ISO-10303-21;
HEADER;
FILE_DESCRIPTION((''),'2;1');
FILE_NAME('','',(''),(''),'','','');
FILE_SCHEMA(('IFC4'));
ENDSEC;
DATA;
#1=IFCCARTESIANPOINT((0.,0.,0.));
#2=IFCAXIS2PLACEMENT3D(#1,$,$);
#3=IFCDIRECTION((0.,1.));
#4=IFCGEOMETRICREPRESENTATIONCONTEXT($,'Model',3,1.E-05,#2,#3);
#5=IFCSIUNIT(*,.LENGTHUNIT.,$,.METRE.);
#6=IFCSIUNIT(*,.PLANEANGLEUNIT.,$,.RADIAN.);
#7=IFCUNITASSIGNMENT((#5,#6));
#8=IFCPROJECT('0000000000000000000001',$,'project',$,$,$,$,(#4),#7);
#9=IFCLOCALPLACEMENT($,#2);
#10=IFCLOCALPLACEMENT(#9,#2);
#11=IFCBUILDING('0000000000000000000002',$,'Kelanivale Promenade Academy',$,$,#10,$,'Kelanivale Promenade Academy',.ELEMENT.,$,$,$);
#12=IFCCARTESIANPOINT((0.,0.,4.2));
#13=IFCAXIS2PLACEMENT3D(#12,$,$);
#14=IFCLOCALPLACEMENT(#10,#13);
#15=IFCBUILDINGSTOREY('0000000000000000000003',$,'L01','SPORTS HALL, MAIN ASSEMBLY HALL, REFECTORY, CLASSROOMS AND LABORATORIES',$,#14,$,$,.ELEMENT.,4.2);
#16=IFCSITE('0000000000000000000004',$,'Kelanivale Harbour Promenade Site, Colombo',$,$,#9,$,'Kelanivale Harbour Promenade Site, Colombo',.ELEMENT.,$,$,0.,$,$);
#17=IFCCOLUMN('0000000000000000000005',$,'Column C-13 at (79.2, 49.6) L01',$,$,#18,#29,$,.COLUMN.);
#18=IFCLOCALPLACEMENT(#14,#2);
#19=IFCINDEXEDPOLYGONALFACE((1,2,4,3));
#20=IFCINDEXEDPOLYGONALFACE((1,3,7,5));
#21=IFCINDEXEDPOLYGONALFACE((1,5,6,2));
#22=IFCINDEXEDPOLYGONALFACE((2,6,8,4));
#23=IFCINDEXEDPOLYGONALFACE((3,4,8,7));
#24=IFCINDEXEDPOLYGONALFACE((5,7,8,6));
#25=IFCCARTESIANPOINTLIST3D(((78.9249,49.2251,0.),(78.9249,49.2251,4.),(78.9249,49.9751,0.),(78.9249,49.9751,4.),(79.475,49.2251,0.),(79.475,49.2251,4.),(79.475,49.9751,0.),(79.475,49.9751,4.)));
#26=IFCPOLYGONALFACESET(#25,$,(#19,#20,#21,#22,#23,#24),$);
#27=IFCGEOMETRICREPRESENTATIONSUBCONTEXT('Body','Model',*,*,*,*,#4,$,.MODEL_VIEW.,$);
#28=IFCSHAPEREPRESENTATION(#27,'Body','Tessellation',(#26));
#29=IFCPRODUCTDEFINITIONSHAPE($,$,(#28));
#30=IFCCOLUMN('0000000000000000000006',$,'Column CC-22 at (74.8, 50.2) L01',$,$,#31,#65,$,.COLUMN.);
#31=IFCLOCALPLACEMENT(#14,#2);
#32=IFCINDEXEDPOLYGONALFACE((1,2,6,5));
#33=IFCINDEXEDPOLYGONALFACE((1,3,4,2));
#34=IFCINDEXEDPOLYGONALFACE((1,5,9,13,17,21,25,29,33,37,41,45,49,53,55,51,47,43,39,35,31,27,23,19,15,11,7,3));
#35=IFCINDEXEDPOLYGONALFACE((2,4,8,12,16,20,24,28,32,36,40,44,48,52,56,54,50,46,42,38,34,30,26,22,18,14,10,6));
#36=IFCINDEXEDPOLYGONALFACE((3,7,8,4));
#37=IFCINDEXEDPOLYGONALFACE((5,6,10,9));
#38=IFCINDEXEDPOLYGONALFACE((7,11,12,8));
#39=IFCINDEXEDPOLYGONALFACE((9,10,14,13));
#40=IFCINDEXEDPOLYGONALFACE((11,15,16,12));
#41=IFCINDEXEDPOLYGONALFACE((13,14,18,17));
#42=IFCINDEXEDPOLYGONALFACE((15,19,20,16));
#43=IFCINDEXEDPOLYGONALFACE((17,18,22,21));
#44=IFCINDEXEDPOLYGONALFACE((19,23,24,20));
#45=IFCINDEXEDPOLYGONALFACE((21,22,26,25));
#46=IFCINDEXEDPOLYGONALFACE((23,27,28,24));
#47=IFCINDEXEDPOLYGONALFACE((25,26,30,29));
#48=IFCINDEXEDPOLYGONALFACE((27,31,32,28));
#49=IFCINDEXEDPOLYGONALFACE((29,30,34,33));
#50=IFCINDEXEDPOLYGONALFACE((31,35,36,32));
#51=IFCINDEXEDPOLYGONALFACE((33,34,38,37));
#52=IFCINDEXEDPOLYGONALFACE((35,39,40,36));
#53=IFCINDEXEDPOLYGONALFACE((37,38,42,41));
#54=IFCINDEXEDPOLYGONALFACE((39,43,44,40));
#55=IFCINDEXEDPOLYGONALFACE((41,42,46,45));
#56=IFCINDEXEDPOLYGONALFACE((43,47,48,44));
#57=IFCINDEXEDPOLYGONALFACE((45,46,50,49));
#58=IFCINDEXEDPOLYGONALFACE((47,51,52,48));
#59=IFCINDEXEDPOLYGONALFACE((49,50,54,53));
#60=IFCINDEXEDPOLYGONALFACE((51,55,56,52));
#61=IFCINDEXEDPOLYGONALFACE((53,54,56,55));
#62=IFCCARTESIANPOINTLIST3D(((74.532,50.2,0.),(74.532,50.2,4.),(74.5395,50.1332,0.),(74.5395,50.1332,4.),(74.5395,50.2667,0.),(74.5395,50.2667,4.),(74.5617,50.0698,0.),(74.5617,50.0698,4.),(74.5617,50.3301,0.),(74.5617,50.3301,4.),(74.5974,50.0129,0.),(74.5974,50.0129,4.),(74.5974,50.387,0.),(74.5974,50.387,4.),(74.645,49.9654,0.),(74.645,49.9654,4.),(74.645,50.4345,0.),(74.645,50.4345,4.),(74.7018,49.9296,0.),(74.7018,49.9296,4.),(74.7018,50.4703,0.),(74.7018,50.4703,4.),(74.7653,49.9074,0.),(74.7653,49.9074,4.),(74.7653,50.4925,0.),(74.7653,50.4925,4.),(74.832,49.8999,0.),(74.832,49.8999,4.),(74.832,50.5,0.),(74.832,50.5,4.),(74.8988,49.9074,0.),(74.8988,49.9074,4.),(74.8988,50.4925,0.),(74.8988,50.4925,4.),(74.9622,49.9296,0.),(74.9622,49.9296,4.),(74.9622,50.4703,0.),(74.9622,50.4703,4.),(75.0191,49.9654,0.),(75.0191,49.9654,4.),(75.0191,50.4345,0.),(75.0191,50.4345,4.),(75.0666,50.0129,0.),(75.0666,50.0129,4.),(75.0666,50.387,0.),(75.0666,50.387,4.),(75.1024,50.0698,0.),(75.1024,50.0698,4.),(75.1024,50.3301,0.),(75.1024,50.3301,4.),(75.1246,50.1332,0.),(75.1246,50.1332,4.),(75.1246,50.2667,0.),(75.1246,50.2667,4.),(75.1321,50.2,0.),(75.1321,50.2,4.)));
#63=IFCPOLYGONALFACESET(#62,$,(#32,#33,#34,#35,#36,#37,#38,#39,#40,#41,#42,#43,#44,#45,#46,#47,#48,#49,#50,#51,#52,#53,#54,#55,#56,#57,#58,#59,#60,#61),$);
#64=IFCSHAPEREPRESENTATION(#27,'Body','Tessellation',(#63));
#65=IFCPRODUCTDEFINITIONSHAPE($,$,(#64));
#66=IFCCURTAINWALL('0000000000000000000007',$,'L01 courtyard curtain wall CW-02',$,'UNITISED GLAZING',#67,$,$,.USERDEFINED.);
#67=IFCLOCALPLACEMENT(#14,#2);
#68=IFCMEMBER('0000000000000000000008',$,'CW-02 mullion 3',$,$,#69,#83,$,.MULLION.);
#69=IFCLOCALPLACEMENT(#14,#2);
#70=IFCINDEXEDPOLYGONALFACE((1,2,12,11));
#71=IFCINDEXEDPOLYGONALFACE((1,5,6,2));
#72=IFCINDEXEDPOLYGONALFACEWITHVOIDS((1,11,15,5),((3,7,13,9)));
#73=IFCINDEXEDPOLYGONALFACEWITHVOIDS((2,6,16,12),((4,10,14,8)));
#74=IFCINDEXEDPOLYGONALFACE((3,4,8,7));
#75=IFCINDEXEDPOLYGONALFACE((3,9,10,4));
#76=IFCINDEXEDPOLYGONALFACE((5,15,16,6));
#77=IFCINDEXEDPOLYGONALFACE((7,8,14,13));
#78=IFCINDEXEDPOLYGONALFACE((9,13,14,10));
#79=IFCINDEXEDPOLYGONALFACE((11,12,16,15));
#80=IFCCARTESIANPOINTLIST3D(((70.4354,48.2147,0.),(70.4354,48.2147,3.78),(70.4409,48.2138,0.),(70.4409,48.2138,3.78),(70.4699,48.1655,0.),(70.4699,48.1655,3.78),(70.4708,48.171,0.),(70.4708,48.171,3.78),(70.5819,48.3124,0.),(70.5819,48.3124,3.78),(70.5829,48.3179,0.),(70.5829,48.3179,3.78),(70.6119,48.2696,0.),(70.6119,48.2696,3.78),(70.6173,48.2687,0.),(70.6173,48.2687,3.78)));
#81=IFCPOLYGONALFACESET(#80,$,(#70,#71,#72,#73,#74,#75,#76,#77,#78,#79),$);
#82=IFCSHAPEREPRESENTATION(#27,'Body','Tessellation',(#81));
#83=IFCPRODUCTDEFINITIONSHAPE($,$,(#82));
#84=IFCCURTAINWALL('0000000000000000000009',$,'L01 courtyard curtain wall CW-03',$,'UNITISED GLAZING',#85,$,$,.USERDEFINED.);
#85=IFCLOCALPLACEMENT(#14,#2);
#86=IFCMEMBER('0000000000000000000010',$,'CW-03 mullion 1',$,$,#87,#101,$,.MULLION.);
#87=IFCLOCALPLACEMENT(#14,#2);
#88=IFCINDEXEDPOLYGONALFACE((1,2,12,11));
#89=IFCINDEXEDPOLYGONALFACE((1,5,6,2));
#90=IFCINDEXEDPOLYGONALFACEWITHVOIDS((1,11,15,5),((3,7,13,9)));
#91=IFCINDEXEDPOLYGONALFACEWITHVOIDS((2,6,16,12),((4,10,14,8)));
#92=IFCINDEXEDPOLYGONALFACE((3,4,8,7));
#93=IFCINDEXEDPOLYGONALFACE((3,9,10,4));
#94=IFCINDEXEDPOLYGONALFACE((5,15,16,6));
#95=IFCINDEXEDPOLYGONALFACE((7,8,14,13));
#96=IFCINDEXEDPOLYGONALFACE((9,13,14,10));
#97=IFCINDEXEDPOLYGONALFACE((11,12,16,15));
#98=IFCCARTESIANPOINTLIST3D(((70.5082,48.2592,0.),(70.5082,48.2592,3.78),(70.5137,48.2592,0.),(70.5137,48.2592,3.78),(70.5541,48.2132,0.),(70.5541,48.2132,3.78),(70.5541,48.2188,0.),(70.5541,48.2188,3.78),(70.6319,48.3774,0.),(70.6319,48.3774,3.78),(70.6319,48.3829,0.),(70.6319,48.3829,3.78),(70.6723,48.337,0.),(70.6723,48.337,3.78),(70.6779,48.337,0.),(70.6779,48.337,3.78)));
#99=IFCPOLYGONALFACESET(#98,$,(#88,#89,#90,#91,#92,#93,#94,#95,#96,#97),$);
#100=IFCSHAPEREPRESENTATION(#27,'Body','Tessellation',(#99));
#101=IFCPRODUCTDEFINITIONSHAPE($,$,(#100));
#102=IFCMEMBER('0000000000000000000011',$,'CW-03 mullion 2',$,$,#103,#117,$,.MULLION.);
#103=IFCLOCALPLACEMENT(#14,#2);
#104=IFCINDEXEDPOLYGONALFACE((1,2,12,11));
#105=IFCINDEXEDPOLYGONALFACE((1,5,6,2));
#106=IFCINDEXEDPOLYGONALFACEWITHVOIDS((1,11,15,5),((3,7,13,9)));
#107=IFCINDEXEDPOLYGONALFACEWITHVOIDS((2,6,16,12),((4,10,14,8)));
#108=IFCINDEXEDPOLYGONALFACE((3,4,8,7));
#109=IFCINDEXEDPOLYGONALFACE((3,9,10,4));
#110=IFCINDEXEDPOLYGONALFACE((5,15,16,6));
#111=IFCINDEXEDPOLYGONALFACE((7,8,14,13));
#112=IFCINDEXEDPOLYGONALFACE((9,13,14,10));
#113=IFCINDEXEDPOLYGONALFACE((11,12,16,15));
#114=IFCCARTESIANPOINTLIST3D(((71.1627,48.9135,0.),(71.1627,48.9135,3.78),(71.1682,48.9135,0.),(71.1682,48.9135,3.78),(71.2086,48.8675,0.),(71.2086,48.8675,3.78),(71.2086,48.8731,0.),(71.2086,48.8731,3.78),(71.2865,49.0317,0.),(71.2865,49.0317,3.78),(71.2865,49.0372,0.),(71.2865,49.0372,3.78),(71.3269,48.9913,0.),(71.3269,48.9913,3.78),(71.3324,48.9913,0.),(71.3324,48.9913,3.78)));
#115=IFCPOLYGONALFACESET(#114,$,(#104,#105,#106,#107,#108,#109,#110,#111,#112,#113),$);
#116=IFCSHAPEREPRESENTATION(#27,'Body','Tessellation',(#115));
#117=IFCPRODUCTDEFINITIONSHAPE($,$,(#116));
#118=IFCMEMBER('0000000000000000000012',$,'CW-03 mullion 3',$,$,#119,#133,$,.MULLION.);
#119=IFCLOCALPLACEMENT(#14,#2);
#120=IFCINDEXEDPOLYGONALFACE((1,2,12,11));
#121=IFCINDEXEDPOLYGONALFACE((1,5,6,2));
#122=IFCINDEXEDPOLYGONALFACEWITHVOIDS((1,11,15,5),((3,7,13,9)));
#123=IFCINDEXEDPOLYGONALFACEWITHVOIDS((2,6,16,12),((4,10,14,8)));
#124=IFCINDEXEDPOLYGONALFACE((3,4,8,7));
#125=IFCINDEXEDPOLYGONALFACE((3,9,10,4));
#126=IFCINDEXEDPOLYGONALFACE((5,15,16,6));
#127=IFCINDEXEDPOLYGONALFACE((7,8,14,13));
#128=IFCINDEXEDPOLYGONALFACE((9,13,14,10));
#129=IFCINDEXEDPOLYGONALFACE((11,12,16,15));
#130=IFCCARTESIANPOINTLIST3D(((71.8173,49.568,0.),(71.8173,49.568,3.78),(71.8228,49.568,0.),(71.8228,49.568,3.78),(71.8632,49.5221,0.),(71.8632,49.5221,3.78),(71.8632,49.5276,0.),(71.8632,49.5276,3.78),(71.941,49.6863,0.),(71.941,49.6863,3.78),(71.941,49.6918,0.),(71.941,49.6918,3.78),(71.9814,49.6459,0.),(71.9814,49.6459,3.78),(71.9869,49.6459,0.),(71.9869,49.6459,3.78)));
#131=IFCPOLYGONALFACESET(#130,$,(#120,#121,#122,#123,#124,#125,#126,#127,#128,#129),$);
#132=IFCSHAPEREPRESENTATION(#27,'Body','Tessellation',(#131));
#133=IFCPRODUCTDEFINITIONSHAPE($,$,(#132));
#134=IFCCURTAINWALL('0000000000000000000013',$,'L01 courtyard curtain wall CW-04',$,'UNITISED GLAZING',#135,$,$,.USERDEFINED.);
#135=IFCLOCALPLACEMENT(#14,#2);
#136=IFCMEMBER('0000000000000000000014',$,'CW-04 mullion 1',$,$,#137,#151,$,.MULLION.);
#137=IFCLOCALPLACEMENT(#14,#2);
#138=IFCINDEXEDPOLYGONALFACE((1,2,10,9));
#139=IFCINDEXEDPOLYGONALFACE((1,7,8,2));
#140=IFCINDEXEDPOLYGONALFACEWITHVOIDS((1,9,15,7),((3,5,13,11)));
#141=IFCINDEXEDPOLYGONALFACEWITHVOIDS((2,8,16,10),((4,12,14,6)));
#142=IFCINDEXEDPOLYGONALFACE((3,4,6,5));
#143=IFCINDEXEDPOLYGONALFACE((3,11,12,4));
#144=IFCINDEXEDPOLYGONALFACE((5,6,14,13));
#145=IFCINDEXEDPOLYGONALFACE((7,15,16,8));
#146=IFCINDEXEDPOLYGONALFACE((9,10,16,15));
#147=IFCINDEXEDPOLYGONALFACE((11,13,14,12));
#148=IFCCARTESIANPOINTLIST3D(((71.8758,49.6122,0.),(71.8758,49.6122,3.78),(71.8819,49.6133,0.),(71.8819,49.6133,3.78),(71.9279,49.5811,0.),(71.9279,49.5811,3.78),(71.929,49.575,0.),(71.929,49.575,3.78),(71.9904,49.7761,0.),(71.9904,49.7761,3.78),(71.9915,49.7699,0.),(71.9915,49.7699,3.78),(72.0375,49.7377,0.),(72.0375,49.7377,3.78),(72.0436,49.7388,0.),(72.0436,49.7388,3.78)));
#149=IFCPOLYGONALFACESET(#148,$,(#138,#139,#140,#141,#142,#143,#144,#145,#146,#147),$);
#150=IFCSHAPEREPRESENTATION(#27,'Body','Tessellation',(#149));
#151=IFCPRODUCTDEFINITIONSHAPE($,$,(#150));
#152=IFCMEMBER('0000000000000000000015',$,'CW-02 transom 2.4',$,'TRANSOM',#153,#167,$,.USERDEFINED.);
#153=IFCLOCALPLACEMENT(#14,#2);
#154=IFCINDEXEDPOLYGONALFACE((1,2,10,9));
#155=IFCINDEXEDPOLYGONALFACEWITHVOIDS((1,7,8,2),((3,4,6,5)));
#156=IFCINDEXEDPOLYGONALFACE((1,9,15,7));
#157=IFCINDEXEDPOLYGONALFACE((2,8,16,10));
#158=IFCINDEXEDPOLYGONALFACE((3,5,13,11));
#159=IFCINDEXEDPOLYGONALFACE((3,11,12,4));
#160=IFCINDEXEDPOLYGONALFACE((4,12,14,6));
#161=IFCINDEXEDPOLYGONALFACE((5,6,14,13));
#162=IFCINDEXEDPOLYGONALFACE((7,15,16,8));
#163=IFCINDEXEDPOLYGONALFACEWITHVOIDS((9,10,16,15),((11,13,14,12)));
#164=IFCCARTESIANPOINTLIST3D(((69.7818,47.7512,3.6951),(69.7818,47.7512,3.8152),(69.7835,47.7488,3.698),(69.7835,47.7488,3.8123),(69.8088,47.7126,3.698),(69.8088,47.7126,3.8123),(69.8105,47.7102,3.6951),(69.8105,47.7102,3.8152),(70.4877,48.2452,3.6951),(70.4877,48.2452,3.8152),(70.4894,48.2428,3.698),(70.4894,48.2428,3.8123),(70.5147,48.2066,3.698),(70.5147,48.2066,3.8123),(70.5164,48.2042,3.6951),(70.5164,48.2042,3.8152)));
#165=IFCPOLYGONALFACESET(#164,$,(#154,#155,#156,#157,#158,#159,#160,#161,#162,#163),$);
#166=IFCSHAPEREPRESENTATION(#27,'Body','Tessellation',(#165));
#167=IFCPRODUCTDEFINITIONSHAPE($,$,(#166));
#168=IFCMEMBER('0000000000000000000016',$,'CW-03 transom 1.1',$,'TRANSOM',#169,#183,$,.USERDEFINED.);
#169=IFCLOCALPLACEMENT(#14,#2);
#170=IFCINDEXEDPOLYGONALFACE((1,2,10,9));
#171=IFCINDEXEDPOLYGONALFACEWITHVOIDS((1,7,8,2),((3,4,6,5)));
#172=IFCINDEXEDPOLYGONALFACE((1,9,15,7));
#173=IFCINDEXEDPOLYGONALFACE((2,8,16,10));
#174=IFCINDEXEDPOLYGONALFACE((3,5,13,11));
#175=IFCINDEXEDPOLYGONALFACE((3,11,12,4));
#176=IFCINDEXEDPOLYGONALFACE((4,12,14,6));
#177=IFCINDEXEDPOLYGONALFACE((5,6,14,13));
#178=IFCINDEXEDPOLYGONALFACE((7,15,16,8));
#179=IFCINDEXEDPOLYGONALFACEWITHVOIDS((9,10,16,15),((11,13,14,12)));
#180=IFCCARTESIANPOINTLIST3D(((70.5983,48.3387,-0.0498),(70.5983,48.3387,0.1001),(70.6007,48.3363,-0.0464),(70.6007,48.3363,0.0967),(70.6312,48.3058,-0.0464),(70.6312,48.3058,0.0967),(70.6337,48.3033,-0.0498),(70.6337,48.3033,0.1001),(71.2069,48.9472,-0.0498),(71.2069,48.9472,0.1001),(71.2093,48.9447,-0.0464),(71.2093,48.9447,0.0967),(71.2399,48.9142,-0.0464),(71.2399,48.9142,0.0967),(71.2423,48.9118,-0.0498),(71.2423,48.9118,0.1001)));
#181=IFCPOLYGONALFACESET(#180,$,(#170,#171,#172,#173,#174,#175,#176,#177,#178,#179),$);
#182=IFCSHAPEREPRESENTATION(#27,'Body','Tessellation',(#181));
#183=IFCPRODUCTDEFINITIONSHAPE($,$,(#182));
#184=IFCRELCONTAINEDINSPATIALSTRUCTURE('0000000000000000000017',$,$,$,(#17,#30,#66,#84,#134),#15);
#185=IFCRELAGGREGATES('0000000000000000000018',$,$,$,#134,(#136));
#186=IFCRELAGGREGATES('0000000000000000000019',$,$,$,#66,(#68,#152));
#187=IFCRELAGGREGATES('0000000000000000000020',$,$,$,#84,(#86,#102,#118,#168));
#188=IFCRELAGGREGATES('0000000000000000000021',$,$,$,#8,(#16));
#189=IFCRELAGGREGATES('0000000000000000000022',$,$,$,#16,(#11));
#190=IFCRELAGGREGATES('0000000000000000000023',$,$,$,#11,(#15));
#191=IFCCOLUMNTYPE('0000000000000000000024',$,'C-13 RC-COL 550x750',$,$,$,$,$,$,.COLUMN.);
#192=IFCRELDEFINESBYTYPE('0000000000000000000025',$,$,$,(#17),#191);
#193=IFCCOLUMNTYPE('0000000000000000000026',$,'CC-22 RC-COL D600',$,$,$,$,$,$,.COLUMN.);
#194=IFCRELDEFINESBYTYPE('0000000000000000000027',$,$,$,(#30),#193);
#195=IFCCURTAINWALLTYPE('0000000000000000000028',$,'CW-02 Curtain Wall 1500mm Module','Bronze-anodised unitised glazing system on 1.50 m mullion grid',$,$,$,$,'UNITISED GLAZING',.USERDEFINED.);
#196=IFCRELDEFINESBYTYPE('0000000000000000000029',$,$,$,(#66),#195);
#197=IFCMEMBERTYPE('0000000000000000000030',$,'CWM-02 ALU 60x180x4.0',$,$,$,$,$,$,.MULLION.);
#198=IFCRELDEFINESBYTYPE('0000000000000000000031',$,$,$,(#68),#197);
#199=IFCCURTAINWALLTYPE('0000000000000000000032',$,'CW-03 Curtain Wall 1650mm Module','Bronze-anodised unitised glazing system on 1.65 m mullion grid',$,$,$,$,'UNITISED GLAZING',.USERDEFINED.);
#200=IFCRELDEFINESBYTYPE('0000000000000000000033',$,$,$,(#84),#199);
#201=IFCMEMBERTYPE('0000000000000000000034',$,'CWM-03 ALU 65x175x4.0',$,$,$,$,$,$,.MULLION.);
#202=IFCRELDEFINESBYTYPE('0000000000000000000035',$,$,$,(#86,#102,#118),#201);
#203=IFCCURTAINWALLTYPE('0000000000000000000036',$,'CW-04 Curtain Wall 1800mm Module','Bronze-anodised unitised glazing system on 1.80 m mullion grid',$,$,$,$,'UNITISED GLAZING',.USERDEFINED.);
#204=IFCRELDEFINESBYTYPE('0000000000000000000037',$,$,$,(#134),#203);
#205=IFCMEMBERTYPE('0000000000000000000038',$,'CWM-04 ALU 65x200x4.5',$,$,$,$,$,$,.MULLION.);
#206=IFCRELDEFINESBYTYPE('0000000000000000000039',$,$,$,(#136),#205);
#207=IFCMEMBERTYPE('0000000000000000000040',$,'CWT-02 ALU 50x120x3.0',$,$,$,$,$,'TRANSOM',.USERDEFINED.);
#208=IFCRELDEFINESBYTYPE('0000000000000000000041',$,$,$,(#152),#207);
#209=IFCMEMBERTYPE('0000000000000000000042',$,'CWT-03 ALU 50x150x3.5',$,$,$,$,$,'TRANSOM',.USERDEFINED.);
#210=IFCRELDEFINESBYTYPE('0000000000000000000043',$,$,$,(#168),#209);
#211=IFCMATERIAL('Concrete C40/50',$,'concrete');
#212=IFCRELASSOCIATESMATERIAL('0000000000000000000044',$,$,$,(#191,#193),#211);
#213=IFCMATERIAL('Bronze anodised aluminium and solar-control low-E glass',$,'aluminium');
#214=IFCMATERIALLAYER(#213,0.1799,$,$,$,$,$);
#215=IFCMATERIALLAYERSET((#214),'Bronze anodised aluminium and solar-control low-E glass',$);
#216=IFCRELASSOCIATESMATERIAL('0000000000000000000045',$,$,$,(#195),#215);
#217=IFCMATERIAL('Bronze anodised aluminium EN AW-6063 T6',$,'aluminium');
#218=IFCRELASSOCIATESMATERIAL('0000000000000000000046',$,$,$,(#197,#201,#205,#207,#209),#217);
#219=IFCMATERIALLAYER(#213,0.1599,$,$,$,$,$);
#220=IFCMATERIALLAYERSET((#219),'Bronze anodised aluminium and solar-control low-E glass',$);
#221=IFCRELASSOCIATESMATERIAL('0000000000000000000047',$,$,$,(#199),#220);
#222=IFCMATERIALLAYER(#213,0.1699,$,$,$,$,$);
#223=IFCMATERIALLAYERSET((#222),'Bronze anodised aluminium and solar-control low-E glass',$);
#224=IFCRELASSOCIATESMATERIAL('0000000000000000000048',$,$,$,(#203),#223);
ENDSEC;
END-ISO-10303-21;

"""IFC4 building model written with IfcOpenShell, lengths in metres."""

from ifc_helpers import new_model, si_unit, direction, frame, origin, origin_2d, place, context, subcontext, project, spatial, rectangle, hollow_rectangle, circle, extrude, material, layer, layer_set, material_profile, profile_set, type_object, element, aggregate, save


model = new_model("IFC4")

# Units and contexts
model_context = context("Model", 3, precision=1e-05, world=origin(), true_north=direction((0.0, 1.0)))
body_context = subcontext(model_context, "Body", "Model", "MODEL_VIEW")
ifc_project = project(units=[si_unit("LENGTHUNIT", "METRE"), si_unit("PLANEANGLEUNIT", "RADIAN")], contexts=[model_context])

# Site, building, storey
site_placement = place(None, origin())
site = spatial("IfcSite", under=ifc_project, at=site_placement, Name="Kelanivale Harbour Promenade Site, Colombo", LongName="Kelanivale Harbour Promenade Site, Colombo", CompositionType="ELEMENT", RefElevation=0.0)
building_placement = place(site_placement, origin())
building = spatial("IfcBuilding", under=site, at=building_placement, Name="Kelanivale Promenade Academy", LongName="Kelanivale Promenade Academy", CompositionType="ELEMENT")
storey_placement = place(building_placement, frame((0.0, 0.0, 4.2)))
storey = spatial("IfcBuildingStorey", under=building, at=storey_placement, Name="L01", Description="SPORTS HALL, MAIN ASSEMBLY HALL, REFECTORY, CLASSROOMS AND LABORATORIES", CompositionType="ELEMENT", Elevation=4.2)

# Columns
ifc_material_1 = material(Name="Concrete C40/50", Category="concrete")
ifc_material_profile_1 = material_profile(ifc_material_1, rectangle(XDim=0.55, YDim=0.75, at=origin_2d()), Name="RC-COL 550x750")
ifc_profile_set_1 = profile_set([ifc_material_profile_1], Name="Concrete C40/50")
column_type_1 = type_object("IfcColumnType", Name="C-13 RC-COL 550x750", PredefinedType="COLUMN", material=ifc_profile_set_1)
column_1_placement = place(storey_placement, frame((79.2, 49.6001, 0.0), z_axis=(0.0, 0.0, 1.0), x_axis=(1.0, 0.0, 0.0)))
element("IfcColumn", 1, at=column_1_placement, inside=storey, type_object=column_type_1, Name="Column C-13 at (79.2, 49.6) L01", PredefinedType="COLUMN", context=body_context, shape_type="SweptSolid", body=[
    extrude(rectangle(XDim=0.55, YDim=0.75, at=origin_2d()), origin(), (0.0, 0.0, 1.0), 4.0),
])
ifc_material_profile_2 = material_profile(ifc_material_1, circle(Radius=0.3, at=origin_2d()), Name="RC-COL D600")
ifc_profile_set_2 = profile_set([ifc_material_profile_2], Name="Concrete C40/50")
column_type_2 = type_object("IfcColumnType", Name="CC-22 RC-COL D600", PredefinedType="COLUMN", material=ifc_profile_set_2)
column_2_placement = place(storey_placement, frame((74.832, 50.2, 0.0), z_axis=(0.0, 0.0, 1.0), x_axis=(1.0, 0.0, 0.0)))
element("IfcColumn", 2, at=column_2_placement, inside=storey, type_object=column_type_2, Name="Column CC-22 at (74.8, 50.2) L01", PredefinedType="COLUMN", context=body_context, shape_type="SweptSolid", body=[
    extrude(circle(Radius=0.3, at=origin_2d()), origin(), (0.0, 0.0, 1.0), 4.0),
])

# Curtain wall, member
ifc_material_2 = material(Name="Bronze anodised aluminium and solar-control low-E glass", Category="aluminium")
ifc_layer_1 = layer(ifc_material_2, 0.1799)
ifc_layer_set_1 = layer_set([ifc_layer_1], Name="Bronze anodised aluminium and solar-control low-E glass")
curtain_wall_type_1 = type_object("IfcCurtainWallType", Name="CW-02 Curtain Wall 1500mm Module", Description="Bronze-anodised unitised glazing system on 1.50 m mullion grid", ElementType="UNITISED GLAZING", PredefinedType="USERDEFINED", material=ifc_layer_set_1)
curtain_wall_1_placement = place(storey_placement, origin())
curtain_wall_1 = element("IfcCurtainWall", 3, at=curtain_wall_1_placement, inside=storey, type_object=curtain_wall_type_1, Name="L01 courtyard curtain wall CW-02", ObjectType="UNITISED GLAZING", PredefinedType="USERDEFINED")
ifc_material_3 = material(Name="Bronze anodised aluminium EN AW-6063 T6", Category="aluminium")
ifc_material_profile_3 = material_profile(ifc_material_3, hollow_rectangle(XDim=0.0601, YDim=0.1799, WallThickness=0.0039, at=origin_2d()), Name="ALU 60x180x4.0")
ifc_profile_set_3 = profile_set([ifc_material_profile_3], Name="Bronze anodised aluminium EN AW-6063 T6")
member_type_1 = type_object("IfcMemberType", Name="CWM-02 ALU 60x180x4.0", PredefinedType="MULLION", material=ifc_profile_set_3)
member_1_placement = place(storey_placement, frame((70.5264, 48.2417, 0.0), z_axis=(0.0, 0.0, 1.0), x_axis=(-0.573357, 0.819306, 0.0)))
member_1 = element("IfcMember", 4, at=member_1_placement, type_object=member_type_1, Name="CW-02 mullion 3", PredefinedType="MULLION", context=body_context, shape_type="SweptSolid", body=[
    extrude(hollow_rectangle(XDim=0.0601, YDim=0.1799, WallThickness=0.0039, at=origin_2d()), origin(), (0.0, 0.0, 1.0), 3.78),
])

# Curtain wall, members
ifc_layer_2 = layer(ifc_material_2, 0.1599)
ifc_layer_set_2 = layer_set([ifc_layer_2], Name="Bronze anodised aluminium and solar-control low-E glass")
curtain_wall_type_2 = type_object("IfcCurtainWallType", Name="CW-03 Curtain Wall 1650mm Module", Description="Bronze-anodised unitised glazing system on 1.65 m mullion grid", ElementType="UNITISED GLAZING", PredefinedType="USERDEFINED", material=ifc_layer_set_2)
curtain_wall_2_placement = place(storey_placement, origin())
curtain_wall_2 = element("IfcCurtainWall", 5, at=curtain_wall_2_placement, inside=storey, type_object=curtain_wall_type_2, Name="L01 courtyard curtain wall CW-03", ObjectType="UNITISED GLAZING", PredefinedType="USERDEFINED")
ifc_material_profile_4 = material_profile(ifc_material_3, hollow_rectangle(XDim=0.0649, YDim=0.175, WallThickness=0.0039, at=origin_2d()), Name="ALU 65x175x4.0")
ifc_profile_set_4 = profile_set([ifc_material_profile_4], Name="Bronze anodised aluminium EN AW-6063 T6")
member_type_2 = type_object("IfcMemberType", Name="CWM-03 ALU 65x175x4.0", PredefinedType="MULLION", material=ifc_profile_set_4)
member_2_placement = place(storey_placement, frame((70.593, 48.2981, 0.0), z_axis=(0.0, 0.0, 1.0), x_axis=(-0.707107, 0.707107, 0.0)))
member_2 = element("IfcMember", 6, at=member_2_placement, type_object=member_type_2, Name="CW-03 mullion 1", PredefinedType="MULLION", context=body_context, shape_type="SweptSolid", body=[
    extrude(hollow_rectangle(XDim=0.0649, YDim=0.175, WallThickness=0.0039, at=origin_2d()), origin(), (0.0, 0.0, 1.0), 3.78),
])
member_3_placement = place(storey_placement, frame((71.2476, 48.9524, 0.0), z_axis=(0.0, 0.0, 1.0), x_axis=(-0.707107, 0.707107, 0.0)))
member_3 = element("IfcMember", 7, at=member_3_placement, type_object=member_type_2, Name="CW-03 mullion 2", PredefinedType="MULLION", context=body_context, shape_type="SweptSolid", body=[
    extrude(hollow_rectangle(XDim=0.0649, YDim=0.175, WallThickness=0.0039, at=origin_2d()), origin(), (0.0, 0.0, 1.0), 3.78),
])
member_4_placement = place(storey_placement, frame((71.9021, 49.6069, 0.0), z_axis=(0.0, 0.0, 1.0), x_axis=(-0.707107, 0.707107, 0.0)))
member_4 = element("IfcMember", 8, at=member_4_placement, type_object=member_type_2, Name="CW-03 mullion 3", PredefinedType="MULLION", context=body_context, shape_type="SweptSolid", body=[
    extrude(hollow_rectangle(XDim=0.0649, YDim=0.175, WallThickness=0.0039, at=origin_2d()), origin(), (0.0, 0.0, 1.0), 3.78),
])

# Curtain wall, member
ifc_layer_3 = layer(ifc_material_2, 0.1699)
ifc_layer_set_3 = layer_set([ifc_layer_3], Name="Bronze anodised aluminium and solar-control low-E glass")
curtain_wall_type_3 = type_object("IfcCurtainWallType", Name="CW-04 Curtain Wall 1800mm Module", Description="Bronze-anodised unitised glazing system on 1.80 m mullion grid", ElementType="UNITISED GLAZING", PredefinedType="USERDEFINED", material=ifc_layer_set_3)
curtain_wall_3_placement = place(storey_placement, origin())
curtain_wall_3 = element("IfcCurtainWall", 9, at=curtain_wall_3_placement, inside=storey, type_object=curtain_wall_type_3, Name="L01 courtyard curtain wall CW-04", ObjectType="UNITISED GLAZING", PredefinedType="USERDEFINED")
ifc_material_profile_5 = material_profile(ifc_material_3, hollow_rectangle(XDim=0.0649, YDim=0.2, WallThickness=0.0044, at=origin_2d()), Name="ALU 65x200x4.5")
ifc_profile_set_5 = profile_set([ifc_material_profile_5], Name="Bronze anodised aluminium EN AW-6063 T6")
member_type_3 = type_object("IfcMemberType", Name="CWM-04 ALU 65x200x4.5", PredefinedType="MULLION", material=ifc_profile_set_5)
member_5_placement = place(storey_placement, frame((71.9597, 49.6755, 0.0), z_axis=(0.0, 0.0, 1.0), x_axis=(-0.819306, 0.573357, 0.0)))
member_5 = element("IfcMember", 10, at=member_5_placement, type_object=member_type_3, Name="CW-04 mullion 1", PredefinedType="MULLION", context=body_context, shape_type="SweptSolid", body=[
    extrude(hollow_rectangle(XDim=0.0649, YDim=0.2, WallThickness=0.0044, at=origin_2d()), origin(), (0.0, 0.0, 1.0), 3.78),
])

# Members
ifc_material_profile_6 = material_profile(ifc_material_3, hollow_rectangle(XDim=0.05, YDim=0.1201, WallThickness=0.0029, at=origin_2d()), Name="ALU 50x120x3.0")
ifc_profile_set_6 = profile_set([ifc_material_profile_6], Name="Bronze anodised aluminium EN AW-6063 T6")
member_type_4 = type_object("IfcMemberType", Name="CWT-02 ALU 50x120x3.0", ElementType="TRANSOM", PredefinedType="USERDEFINED", material=ifc_profile_set_6)
member_6_placement = place(storey_placement, frame((69.7961, 47.7307, 3.7551), z_axis=(0.819325, 0.573329, 0.0), x_axis=(-0.573329, 0.819325, 0.0)))
member_6 = element("IfcMember", 11, at=member_6_placement, type_object=member_type_4, Name="CW-02 transom 2.4", ObjectType="TRANSOM", PredefinedType="USERDEFINED", context=body_context, shape_type="SweptSolid", body=[
    extrude(hollow_rectangle(XDim=0.05, YDim=0.1201, WallThickness=0.0029, at=origin_2d()), origin(), (0.0, 0.0, 1.0), 0.8616),
])
ifc_material_profile_7 = material_profile(ifc_material_3, hollow_rectangle(XDim=0.05, YDim=0.1499, WallThickness=0.0034, at=origin_2d()), Name="ALU 50x150x3.5")
ifc_profile_set_7 = profile_set([ifc_material_profile_7], Name="Bronze anodised aluminium EN AW-6063 T6")
member_type_5 = type_object("IfcMemberType", Name="CWT-03 ALU 50x150x3.5", ElementType="TRANSOM", PredefinedType="USERDEFINED", material=ifc_profile_set_7)
member_7_placement = place(storey_placement, frame((70.616, 48.321, 0.0251), z_axis=(0.707249, 0.706965, 0.0), x_axis=(-0.706965, 0.707249, 0.0)))
member_7 = element("IfcMember", 12, at=member_7_placement, type_object=member_type_5, Name="CW-03 transom 1.1", ObjectType="TRANSOM", PredefinedType="USERDEFINED", context=body_context, shape_type="SweptSolid", body=[
    extrude(hollow_rectangle(XDim=0.05, YDim=0.1499, WallThickness=0.0034, at=origin_2d()), origin(), (0.0, 0.0, 1.0), 0.8606),
])

aggregate(curtain_wall_3, [member_5])
aggregate(curtain_wall_1, [member_1, member_6])
aggregate(curtain_wall_2, [member_2, member_3, member_4, member_7])

save(model, "model.ifc")
